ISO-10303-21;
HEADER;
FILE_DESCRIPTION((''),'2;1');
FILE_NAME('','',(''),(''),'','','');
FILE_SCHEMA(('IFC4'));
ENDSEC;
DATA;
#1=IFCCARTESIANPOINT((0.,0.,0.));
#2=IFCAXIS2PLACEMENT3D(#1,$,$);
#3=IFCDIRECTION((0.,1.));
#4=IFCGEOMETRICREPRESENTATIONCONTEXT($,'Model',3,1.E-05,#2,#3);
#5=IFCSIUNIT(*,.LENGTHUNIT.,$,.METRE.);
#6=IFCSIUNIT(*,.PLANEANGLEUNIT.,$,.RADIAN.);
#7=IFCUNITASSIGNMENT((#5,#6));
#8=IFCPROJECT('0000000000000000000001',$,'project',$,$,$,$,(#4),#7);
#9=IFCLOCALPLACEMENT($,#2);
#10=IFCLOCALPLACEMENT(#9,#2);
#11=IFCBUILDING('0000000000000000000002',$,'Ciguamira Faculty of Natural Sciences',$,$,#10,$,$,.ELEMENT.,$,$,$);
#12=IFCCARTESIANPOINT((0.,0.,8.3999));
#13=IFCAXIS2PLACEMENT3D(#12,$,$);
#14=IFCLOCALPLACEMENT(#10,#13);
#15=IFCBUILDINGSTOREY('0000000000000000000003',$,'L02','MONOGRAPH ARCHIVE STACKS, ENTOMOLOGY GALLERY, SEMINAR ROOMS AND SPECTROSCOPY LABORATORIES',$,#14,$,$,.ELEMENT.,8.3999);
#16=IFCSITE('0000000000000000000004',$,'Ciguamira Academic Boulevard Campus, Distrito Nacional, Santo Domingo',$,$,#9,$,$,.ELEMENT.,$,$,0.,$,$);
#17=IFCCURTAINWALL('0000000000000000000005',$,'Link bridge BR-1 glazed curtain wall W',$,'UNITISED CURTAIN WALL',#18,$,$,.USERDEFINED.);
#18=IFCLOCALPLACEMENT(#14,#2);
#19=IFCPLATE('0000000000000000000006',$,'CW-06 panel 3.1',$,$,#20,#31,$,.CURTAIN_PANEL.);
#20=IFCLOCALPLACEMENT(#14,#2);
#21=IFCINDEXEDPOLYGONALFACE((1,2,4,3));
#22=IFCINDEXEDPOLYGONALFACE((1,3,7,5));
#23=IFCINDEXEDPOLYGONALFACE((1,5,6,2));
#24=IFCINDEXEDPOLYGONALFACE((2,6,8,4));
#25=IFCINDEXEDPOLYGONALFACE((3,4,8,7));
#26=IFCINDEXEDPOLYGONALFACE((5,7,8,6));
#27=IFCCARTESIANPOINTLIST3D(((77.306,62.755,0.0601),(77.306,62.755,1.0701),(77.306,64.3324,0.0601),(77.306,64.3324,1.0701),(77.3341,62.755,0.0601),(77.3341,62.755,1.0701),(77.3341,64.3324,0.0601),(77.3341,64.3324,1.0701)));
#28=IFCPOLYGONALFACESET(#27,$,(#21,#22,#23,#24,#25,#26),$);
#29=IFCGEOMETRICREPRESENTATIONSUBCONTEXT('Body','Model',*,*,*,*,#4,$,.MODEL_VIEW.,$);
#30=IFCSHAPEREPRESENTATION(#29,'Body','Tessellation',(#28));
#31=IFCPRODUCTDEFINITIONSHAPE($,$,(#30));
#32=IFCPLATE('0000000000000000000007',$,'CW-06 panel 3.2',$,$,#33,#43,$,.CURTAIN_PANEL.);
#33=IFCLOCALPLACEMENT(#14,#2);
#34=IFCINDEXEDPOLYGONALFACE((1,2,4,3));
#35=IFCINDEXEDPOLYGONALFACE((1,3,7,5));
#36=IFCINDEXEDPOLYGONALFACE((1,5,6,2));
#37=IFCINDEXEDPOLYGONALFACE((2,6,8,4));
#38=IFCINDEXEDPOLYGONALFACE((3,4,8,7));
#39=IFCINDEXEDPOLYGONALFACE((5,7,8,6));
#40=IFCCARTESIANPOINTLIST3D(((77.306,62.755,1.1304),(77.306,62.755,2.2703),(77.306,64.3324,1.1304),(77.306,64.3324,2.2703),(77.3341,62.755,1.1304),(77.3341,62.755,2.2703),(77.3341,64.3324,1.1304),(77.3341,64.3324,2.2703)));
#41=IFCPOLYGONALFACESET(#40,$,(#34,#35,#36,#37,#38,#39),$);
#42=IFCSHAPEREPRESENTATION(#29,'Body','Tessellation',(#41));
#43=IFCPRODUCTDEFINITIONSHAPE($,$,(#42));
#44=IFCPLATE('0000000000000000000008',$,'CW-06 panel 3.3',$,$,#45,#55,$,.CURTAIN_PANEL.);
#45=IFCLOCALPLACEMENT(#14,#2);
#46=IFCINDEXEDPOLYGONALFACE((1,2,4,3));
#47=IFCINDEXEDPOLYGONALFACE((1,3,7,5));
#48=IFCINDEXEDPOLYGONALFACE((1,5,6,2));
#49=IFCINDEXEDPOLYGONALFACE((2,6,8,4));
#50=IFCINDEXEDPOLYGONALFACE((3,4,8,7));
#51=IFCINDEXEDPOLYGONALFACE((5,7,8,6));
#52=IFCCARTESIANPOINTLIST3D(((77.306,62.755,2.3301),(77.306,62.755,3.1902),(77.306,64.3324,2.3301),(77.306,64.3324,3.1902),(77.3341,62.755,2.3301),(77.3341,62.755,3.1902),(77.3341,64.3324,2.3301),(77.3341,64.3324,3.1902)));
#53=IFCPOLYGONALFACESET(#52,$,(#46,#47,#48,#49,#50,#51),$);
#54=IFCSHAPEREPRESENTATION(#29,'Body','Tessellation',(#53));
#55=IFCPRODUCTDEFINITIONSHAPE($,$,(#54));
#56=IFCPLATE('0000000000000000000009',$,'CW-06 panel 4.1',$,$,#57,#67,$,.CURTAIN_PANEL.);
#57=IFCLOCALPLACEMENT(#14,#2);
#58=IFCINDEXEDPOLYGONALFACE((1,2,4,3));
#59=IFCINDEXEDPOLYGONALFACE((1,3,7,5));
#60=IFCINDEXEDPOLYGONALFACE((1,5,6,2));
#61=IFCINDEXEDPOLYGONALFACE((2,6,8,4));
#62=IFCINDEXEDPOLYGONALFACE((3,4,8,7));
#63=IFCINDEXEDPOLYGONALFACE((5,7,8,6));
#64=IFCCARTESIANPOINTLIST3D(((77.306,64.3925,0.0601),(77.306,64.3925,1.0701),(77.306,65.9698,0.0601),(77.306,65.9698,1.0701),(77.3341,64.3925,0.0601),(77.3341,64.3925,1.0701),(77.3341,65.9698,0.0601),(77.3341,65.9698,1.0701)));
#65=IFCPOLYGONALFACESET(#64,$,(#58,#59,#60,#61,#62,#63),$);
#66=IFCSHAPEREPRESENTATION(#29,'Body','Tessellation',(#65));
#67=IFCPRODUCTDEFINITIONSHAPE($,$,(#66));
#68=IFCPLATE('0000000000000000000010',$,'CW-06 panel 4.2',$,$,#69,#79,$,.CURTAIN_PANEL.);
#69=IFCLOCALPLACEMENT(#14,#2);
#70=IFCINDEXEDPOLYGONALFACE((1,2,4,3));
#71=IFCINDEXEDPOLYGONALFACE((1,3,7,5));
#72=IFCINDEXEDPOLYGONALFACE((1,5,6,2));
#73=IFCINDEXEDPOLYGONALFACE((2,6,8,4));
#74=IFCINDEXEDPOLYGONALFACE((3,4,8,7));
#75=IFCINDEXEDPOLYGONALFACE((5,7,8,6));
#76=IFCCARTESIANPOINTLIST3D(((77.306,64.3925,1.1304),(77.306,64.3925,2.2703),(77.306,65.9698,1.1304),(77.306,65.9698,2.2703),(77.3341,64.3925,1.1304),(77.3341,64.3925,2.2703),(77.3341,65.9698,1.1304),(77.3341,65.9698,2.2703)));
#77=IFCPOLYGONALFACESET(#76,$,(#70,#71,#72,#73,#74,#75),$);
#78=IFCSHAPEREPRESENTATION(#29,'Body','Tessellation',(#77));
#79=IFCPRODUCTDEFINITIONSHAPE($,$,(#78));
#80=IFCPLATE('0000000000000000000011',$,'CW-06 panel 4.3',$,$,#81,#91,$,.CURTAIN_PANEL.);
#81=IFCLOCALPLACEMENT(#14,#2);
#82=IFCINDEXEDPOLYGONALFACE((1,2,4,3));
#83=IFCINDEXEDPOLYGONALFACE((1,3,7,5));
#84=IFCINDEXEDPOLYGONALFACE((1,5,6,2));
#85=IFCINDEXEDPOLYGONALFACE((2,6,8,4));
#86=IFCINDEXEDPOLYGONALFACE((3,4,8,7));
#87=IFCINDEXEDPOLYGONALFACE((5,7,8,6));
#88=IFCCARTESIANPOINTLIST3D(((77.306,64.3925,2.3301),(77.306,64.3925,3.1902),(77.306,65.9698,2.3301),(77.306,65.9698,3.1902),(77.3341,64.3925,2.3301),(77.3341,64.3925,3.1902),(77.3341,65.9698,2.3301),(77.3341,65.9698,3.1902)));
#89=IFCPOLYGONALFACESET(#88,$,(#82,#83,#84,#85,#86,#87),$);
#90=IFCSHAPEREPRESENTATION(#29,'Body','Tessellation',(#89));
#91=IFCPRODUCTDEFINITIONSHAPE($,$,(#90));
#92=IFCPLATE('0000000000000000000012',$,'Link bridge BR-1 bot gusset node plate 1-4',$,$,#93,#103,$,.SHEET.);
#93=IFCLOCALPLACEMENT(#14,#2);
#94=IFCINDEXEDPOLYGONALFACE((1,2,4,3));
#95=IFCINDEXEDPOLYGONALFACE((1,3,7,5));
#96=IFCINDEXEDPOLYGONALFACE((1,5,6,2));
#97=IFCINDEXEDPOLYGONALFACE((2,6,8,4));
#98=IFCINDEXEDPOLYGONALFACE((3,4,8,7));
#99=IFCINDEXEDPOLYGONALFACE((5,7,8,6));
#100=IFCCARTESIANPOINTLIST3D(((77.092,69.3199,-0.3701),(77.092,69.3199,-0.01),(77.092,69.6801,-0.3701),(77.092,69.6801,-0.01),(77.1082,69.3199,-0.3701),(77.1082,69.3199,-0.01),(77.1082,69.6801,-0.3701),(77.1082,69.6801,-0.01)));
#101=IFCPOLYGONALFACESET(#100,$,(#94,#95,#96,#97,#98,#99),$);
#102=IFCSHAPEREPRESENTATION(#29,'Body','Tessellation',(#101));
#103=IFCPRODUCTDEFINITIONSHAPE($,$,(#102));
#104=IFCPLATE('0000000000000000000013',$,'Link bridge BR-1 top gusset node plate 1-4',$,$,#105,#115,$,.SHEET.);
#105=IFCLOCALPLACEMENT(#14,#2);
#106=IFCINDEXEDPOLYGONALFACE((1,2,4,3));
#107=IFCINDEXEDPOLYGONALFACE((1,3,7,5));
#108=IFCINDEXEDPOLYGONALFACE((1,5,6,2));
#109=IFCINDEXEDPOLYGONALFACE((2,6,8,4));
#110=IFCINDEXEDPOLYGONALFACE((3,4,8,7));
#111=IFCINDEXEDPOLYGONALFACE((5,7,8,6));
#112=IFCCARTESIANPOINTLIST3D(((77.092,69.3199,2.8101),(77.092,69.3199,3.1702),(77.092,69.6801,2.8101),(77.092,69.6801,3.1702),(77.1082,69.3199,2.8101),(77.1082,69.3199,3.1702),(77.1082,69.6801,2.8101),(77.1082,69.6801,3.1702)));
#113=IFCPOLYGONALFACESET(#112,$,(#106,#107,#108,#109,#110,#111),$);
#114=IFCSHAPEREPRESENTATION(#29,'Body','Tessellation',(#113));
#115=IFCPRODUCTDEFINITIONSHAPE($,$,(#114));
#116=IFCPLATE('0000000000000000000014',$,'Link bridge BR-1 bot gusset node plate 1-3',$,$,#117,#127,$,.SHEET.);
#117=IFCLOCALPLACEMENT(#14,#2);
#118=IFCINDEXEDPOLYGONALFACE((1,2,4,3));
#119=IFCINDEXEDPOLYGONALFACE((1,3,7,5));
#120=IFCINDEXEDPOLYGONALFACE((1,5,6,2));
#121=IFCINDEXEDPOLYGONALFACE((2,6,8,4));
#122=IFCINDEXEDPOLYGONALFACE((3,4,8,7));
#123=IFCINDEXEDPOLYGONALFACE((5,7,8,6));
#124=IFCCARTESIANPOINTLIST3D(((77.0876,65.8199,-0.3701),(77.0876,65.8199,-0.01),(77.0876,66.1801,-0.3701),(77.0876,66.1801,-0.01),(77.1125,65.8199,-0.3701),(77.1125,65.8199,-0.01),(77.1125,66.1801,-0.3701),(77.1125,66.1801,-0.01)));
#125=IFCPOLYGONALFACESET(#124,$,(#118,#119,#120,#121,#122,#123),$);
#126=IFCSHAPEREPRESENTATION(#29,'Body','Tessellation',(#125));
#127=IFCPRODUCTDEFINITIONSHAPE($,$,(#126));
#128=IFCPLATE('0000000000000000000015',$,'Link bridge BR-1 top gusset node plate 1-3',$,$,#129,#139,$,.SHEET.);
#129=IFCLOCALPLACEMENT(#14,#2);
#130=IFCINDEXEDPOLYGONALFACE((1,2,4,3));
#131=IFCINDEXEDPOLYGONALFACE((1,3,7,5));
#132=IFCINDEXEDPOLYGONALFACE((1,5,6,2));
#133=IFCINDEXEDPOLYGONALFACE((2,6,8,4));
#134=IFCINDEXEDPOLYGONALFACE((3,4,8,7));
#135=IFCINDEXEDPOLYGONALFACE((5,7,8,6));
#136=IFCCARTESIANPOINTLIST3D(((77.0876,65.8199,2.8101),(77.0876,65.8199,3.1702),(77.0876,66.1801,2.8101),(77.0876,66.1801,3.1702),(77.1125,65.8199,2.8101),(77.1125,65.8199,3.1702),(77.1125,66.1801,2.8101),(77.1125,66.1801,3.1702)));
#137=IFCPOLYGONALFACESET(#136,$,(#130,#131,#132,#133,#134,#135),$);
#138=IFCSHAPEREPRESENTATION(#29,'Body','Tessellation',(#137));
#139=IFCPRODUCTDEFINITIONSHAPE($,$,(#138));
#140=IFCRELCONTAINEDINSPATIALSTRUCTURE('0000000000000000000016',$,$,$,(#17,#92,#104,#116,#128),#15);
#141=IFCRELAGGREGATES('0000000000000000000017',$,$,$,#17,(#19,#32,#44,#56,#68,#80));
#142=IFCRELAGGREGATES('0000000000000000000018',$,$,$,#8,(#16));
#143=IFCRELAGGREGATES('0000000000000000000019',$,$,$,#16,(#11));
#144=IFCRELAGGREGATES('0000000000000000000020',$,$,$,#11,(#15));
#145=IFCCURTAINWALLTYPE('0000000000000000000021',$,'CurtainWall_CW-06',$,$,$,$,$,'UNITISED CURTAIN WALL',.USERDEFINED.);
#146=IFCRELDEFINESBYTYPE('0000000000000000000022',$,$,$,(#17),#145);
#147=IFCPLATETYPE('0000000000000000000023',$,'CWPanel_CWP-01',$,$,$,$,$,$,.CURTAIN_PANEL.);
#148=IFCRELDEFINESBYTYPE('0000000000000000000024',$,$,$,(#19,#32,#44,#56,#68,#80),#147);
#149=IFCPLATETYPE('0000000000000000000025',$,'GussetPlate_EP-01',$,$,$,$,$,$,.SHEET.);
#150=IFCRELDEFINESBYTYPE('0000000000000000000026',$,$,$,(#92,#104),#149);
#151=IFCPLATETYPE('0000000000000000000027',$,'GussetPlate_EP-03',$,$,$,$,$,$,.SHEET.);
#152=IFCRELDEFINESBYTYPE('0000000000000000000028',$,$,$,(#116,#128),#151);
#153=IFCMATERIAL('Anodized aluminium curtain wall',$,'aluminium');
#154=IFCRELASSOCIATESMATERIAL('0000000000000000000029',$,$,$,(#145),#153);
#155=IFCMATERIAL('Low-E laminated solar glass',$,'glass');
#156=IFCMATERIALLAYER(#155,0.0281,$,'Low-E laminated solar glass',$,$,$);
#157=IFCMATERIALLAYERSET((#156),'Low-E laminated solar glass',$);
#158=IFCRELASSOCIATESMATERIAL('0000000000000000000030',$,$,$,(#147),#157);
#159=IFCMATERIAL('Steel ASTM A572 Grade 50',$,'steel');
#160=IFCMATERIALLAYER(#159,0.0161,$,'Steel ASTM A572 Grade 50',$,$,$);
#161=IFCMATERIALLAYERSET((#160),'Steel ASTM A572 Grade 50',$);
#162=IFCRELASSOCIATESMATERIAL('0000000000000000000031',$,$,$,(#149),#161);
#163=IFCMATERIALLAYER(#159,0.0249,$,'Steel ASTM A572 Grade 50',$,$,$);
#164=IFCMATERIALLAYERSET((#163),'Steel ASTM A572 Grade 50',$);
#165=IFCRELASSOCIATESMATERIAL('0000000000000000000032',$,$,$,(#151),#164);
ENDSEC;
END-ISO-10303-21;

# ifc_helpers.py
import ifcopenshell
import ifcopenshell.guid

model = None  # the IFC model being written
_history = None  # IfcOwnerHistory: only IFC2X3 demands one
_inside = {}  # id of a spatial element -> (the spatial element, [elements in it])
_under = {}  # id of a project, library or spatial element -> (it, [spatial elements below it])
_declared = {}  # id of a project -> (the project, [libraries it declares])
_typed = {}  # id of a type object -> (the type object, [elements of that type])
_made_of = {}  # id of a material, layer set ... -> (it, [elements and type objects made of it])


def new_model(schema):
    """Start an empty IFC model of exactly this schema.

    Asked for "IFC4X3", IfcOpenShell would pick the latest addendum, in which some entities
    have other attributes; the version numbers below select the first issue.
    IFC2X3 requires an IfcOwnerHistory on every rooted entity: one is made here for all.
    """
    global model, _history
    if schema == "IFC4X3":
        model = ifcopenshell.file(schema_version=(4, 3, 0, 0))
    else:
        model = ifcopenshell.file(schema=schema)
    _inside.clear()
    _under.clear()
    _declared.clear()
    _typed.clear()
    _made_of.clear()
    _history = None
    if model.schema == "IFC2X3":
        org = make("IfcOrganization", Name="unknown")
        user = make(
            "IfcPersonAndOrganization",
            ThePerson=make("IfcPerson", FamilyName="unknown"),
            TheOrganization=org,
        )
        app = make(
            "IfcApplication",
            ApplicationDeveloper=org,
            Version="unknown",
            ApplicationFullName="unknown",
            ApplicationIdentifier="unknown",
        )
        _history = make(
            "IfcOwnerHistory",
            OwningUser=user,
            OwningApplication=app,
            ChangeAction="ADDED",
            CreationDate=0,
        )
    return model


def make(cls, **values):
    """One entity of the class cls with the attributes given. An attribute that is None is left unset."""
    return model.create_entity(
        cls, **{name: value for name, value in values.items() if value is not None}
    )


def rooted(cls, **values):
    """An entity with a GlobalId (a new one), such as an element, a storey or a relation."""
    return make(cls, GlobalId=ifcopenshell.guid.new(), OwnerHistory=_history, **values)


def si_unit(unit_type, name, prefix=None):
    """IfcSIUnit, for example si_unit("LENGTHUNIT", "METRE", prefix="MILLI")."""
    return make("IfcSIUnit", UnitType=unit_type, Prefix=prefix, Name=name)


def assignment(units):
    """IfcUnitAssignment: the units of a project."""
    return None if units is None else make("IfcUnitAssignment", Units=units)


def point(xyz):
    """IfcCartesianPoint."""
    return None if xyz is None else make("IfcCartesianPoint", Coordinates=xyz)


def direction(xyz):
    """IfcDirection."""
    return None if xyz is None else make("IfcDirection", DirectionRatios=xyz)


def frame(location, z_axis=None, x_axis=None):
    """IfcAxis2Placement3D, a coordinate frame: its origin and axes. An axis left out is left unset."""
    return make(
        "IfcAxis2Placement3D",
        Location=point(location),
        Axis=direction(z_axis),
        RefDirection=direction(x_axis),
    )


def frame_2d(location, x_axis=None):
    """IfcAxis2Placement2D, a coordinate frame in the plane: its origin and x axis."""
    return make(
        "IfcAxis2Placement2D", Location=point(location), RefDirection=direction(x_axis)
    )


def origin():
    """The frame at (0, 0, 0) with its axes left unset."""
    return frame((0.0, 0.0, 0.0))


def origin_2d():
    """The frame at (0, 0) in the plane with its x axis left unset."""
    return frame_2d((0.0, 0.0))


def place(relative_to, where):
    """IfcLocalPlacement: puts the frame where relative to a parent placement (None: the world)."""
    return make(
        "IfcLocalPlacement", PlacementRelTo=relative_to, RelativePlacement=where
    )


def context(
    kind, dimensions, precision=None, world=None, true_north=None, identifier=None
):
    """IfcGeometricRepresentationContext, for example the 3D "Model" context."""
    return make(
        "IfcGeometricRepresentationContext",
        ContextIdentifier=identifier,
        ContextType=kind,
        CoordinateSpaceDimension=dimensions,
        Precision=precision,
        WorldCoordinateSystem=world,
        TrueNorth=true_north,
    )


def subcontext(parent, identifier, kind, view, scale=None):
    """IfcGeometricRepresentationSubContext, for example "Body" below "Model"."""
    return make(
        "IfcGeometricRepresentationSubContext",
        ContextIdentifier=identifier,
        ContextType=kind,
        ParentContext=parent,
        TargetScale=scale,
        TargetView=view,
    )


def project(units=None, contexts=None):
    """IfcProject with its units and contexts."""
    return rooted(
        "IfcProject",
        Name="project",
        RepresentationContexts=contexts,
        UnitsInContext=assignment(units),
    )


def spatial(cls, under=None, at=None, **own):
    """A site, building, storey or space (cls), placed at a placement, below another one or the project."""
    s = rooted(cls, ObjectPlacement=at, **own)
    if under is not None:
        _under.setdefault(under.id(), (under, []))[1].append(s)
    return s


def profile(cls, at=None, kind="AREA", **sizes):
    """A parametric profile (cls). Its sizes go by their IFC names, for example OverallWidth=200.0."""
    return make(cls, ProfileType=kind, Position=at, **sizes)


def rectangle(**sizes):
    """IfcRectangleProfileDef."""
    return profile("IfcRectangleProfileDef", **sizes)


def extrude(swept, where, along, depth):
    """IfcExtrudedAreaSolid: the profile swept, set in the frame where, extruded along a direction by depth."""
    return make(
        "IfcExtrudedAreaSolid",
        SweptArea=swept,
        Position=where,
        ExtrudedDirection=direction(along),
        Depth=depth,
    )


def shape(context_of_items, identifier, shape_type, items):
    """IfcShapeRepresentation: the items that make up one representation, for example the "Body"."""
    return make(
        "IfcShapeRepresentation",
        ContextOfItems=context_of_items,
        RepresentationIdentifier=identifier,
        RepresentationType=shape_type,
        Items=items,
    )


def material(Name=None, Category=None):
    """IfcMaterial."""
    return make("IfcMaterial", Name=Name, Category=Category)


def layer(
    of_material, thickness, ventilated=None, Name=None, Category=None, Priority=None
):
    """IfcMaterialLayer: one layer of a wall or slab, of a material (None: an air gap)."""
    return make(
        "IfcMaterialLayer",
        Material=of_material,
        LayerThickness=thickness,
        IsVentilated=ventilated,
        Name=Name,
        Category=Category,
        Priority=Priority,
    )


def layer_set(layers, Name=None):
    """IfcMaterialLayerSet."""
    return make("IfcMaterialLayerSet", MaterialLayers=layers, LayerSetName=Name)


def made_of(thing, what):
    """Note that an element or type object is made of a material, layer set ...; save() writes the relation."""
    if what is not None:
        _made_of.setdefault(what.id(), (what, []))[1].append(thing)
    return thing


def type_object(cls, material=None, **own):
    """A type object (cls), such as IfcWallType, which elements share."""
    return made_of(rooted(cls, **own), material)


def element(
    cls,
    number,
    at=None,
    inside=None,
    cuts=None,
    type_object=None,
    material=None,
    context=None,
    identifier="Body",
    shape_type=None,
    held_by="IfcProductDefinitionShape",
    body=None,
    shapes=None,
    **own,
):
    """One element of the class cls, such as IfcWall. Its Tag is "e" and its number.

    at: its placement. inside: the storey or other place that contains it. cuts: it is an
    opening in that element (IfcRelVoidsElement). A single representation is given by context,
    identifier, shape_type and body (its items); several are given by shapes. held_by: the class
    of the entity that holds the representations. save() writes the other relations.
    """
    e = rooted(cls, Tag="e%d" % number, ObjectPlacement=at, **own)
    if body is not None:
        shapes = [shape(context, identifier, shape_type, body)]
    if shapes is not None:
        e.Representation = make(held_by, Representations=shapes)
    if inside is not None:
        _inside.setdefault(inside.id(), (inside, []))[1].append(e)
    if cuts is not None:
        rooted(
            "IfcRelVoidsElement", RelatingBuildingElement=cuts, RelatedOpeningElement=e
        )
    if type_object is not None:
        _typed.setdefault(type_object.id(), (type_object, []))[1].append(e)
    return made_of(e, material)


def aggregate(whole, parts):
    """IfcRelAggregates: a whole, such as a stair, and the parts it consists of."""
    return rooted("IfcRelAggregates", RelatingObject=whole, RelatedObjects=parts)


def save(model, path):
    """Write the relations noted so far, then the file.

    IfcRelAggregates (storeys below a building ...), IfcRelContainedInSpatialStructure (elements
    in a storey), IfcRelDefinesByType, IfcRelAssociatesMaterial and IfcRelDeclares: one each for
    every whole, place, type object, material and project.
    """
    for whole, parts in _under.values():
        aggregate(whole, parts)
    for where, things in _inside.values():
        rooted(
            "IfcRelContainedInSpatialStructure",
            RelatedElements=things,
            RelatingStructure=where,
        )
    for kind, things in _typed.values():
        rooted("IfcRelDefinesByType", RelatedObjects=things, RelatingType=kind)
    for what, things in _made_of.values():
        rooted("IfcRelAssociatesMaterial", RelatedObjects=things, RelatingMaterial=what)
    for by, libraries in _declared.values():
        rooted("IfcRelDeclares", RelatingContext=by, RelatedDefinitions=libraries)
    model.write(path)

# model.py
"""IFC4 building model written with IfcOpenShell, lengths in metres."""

from ifc_helpers import new_model, si_unit, direction, frame, origin, origin_2d, place, context, subcontext, project, spatial, rectangle, extrude, material, layer, layer_set, type_object, element, aggregate, save


model = new_model("IFC4")

# Units and contexts
model_context = context("Model", 3, precision=1e-05, world=origin(), true_north=direction((0.0, 1.0)))
body_context = subcontext(model_context, "Body", "Model", "MODEL_VIEW")
ifc_project = project(units=[si_unit("LENGTHUNIT", "METRE"), si_unit("PLANEANGLEUNIT", "RADIAN")], contexts=[model_context])

# Site, building, storey
site_placement = place(None, origin())
site = spatial("IfcSite", under=ifc_project, at=site_placement, Name="Ciguamira Academic Boulevard Campus, Distrito Nacional, Santo Domingo", CompositionType="ELEMENT", RefElevation=0.0)
building_placement = place(site_placement, origin())
building = spatial("IfcBuilding", under=site, at=building_placement, Name="Ciguamira Faculty of Natural Sciences", CompositionType="ELEMENT")
storey_placement = place(building_placement, frame((0.0, 0.0, 8.3999)))
storey = spatial("IfcBuildingStorey", under=building, at=storey_placement, Name="L02", Description="MONOGRAPH ARCHIVE STACKS, ENTOMOLOGY GALLERY, SEMINAR ROOMS AND SPECTROSCOPY LABORATORIES", CompositionType="ELEMENT", Elevation=8.3999)

# Curtain wall
ifc_material_1 = material(Name="Anodized aluminium curtain wall", Category="aluminium")
curtain_wall_type = type_object("IfcCurtainWallType", Name="CurtainWall_CW-06", ElementType="UNITISED CURTAIN WALL", PredefinedType="USERDEFINED", material=ifc_material_1)
curtain_wall_placement = place(storey_placement, origin())
curtain_wall = element("IfcCurtainWall", 1, at=curtain_wall_placement, inside=storey, type_object=curtain_wall_type, Name="Link bridge BR-1 glazed curtain wall W", ObjectType="UNITISED CURTAIN WALL", PredefinedType="USERDEFINED")

# Plates
ifc_material_2 = material(Name="Low-E laminated solar glass", Category="glass")
ifc_layer_1 = layer(ifc_material_2, 0.0281, Name="Low-E laminated solar glass")
ifc_layer_set_1 = layer_set([ifc_layer_1], Name="Low-E laminated solar glass")
plate_type_1 = type_object("IfcPlateType", Name="CWPanel_CWP-01", PredefinedType="CURTAIN_PANEL", material=ifc_layer_set_1)
plate_1_placement = place(storey_placement, frame((77.3201, 63.5437, 0.0601), z_axis=(0.0, 0.0, 1.0), x_axis=(0.0, 1.0, 0.0)))
plate_1 = element("IfcPlate", 2, at=plate_1_placement, type_object=plate_type_1, Name="CW-06 panel 3.1", PredefinedType="CURTAIN_PANEL", context=body_context, shape_type="SweptSolid", body=[
    extrude(rectangle(XDim=1.5774, YDim=0.0281, at=origin_2d()), origin(), (0.0, 0.0, 1.0), 1.01),
])
plate_2_placement = place(storey_placement, frame((77.3201, 63.5437, 1.1304), z_axis=(0.0, 0.0, 1.0), x_axis=(0.0, 1.0, 0.0)))
plate_2 = element("IfcPlate", 3, at=plate_2_placement, type_object=plate_type_1, Name="CW-06 panel 3.2", PredefinedType="CURTAIN_PANEL", context=body_context, shape_type="SweptSolid", body=[
    extrude(rectangle(XDim=1.5774, YDim=0.0281, at=origin_2d()), origin(), (0.0, 0.0, 1.0), 1.1399),
])
plate_3_placement = place(storey_placement, frame((77.3201, 63.5437, 2.3301), z_axis=(0.0, 0.0, 1.0), x_axis=(0.0, 1.0, 0.0)))
plate_3 = element("IfcPlate", 4, at=plate_3_placement, type_object=plate_type_1, Name="CW-06 panel 3.3", PredefinedType="CURTAIN_PANEL", context=body_context, shape_type="SweptSolid", body=[
    extrude(rectangle(XDim=1.5774, YDim=0.0281, at=origin_2d()), origin(), (0.0, 0.0, 1.0), 0.8601),
])
plate_4_placement = place(storey_placement, frame((77.3201, 65.1812, 0.0601), z_axis=(0.0, 0.0, 1.0), x_axis=(0.0, 1.0, 0.0)))
plate_4 = element("IfcPlate", 5, at=plate_4_placement, type_object=plate_type_1, Name="CW-06 panel 4.1", PredefinedType="CURTAIN_PANEL", context=body_context, shape_type="SweptSolid", body=[
    extrude(rectangle(XDim=1.5774, YDim=0.0281, at=origin_2d()), origin(), (0.0, 0.0, 1.0), 1.01),
])
plate_5_placement = place(storey_placement, frame((77.3201, 65.1812, 1.1304), z_axis=(0.0, 0.0, 1.0), x_axis=(0.0, 1.0, 0.0)))
plate_5 = element("IfcPlate", 6, at=plate_5_placement, type_object=plate_type_1, Name="CW-06 panel 4.2", PredefinedType="CURTAIN_PANEL", context=body_context, shape_type="SweptSolid", body=[
    extrude(rectangle(XDim=1.5774, YDim=0.0281, at=origin_2d()), origin(), (0.0, 0.0, 1.0), 1.1399),
])
plate_6_placement = place(storey_placement, frame((77.3201, 65.1812, 2.3301), z_axis=(0.0, 0.0, 1.0), x_axis=(0.0, 1.0, 0.0)))
plate_6 = element("IfcPlate", 7, at=plate_6_placement, type_object=plate_type_1, Name="CW-06 panel 4.3", PredefinedType="CURTAIN_PANEL", context=body_context, shape_type="SweptSolid", body=[
    extrude(rectangle(XDim=1.5774, YDim=0.0281, at=origin_2d()), origin(), (0.0, 0.0, 1.0), 0.8601),
])
aggregate(curtain_wall, [plate_1, plate_2, plate_3, plate_4, plate_5, plate_6])

# Plates
ifc_material_3 = material(Name="Steel ASTM A572 Grade 50", Category="steel")
ifc_layer_2 = layer(ifc_material_3, 0.0161, Name="Steel ASTM A572 Grade 50")
ifc_layer_set_2 = layer_set([ifc_layer_2], Name="Steel ASTM A572 Grade 50")
plate_type_2 = type_object("IfcPlateType", Name="GussetPlate_EP-01", PredefinedType="SHEET", material=ifc_layer_set_2)
for number, where, z_axis, x_axis, name in (
    (8, (77.1001, 69.5, -0.3701), (0.0, 0.0, 1.0), (1.0, 0.0, 0.0), "Link bridge BR-1 bot gusset node plate 1-4"),
    (9, (77.1001, 69.5, 2.8101), (0.0, 0.0, 1.0), (1.0, 0.0, 0.0), "Link bridge BR-1 top gusset node plate 1-4"),
):
    element("IfcPlate", number, at=place(storey_placement, frame(where, z_axis=z_axis, x_axis=x_axis)), inside=storey, type_object=plate_type_2, Name=name, PredefinedType="SHEET", context=body_context, shape_type="SweptSolid", body=[
        extrude(rectangle(XDim=0.0161, YDim=0.3601, at=origin_2d()), origin(), (0.0, 0.0, 1.0), 0.3601),
    ])
ifc_layer_3 = layer(ifc_material_3, 0.0249, Name="Steel ASTM A572 Grade 50")
ifc_layer_set_3 = layer_set([ifc_layer_3], Name="Steel ASTM A572 Grade 50")
plate_type_3 = type_object("IfcPlateType", Name="GussetPlate_EP-03", PredefinedType="SHEET", material=ifc_layer_set_3)
for number, where, z_axis, x_axis, name in (
    (10, (77.1001, 66.0, -0.3701), (0.0, 0.0, 1.0), (1.0, 0.0, 0.0), "Link bridge BR-1 bot gusset node plate 1-3"),
    (11, (77.1001, 66.0, 2.8101), (0.0, 0.0, 1.0), (1.0, 0.0, 0.0), "Link bridge BR-1 top gusset node plate 1-3"),
):
    element("IfcPlate", number, at=place(storey_placement, frame(where, z_axis=z_axis, x_axis=x_axis)), inside=storey, type_object=plate_type_3, Name=name, PredefinedType="SHEET", context=body_context, shape_type="SweptSolid", body=[
        extrude(rectangle(XDim=0.0249, YDim=0.3601, at=origin_2d()), origin(), (0.0, 0.0, 1.0), 0.3601),
    ])

save(model, "model.ifc")
